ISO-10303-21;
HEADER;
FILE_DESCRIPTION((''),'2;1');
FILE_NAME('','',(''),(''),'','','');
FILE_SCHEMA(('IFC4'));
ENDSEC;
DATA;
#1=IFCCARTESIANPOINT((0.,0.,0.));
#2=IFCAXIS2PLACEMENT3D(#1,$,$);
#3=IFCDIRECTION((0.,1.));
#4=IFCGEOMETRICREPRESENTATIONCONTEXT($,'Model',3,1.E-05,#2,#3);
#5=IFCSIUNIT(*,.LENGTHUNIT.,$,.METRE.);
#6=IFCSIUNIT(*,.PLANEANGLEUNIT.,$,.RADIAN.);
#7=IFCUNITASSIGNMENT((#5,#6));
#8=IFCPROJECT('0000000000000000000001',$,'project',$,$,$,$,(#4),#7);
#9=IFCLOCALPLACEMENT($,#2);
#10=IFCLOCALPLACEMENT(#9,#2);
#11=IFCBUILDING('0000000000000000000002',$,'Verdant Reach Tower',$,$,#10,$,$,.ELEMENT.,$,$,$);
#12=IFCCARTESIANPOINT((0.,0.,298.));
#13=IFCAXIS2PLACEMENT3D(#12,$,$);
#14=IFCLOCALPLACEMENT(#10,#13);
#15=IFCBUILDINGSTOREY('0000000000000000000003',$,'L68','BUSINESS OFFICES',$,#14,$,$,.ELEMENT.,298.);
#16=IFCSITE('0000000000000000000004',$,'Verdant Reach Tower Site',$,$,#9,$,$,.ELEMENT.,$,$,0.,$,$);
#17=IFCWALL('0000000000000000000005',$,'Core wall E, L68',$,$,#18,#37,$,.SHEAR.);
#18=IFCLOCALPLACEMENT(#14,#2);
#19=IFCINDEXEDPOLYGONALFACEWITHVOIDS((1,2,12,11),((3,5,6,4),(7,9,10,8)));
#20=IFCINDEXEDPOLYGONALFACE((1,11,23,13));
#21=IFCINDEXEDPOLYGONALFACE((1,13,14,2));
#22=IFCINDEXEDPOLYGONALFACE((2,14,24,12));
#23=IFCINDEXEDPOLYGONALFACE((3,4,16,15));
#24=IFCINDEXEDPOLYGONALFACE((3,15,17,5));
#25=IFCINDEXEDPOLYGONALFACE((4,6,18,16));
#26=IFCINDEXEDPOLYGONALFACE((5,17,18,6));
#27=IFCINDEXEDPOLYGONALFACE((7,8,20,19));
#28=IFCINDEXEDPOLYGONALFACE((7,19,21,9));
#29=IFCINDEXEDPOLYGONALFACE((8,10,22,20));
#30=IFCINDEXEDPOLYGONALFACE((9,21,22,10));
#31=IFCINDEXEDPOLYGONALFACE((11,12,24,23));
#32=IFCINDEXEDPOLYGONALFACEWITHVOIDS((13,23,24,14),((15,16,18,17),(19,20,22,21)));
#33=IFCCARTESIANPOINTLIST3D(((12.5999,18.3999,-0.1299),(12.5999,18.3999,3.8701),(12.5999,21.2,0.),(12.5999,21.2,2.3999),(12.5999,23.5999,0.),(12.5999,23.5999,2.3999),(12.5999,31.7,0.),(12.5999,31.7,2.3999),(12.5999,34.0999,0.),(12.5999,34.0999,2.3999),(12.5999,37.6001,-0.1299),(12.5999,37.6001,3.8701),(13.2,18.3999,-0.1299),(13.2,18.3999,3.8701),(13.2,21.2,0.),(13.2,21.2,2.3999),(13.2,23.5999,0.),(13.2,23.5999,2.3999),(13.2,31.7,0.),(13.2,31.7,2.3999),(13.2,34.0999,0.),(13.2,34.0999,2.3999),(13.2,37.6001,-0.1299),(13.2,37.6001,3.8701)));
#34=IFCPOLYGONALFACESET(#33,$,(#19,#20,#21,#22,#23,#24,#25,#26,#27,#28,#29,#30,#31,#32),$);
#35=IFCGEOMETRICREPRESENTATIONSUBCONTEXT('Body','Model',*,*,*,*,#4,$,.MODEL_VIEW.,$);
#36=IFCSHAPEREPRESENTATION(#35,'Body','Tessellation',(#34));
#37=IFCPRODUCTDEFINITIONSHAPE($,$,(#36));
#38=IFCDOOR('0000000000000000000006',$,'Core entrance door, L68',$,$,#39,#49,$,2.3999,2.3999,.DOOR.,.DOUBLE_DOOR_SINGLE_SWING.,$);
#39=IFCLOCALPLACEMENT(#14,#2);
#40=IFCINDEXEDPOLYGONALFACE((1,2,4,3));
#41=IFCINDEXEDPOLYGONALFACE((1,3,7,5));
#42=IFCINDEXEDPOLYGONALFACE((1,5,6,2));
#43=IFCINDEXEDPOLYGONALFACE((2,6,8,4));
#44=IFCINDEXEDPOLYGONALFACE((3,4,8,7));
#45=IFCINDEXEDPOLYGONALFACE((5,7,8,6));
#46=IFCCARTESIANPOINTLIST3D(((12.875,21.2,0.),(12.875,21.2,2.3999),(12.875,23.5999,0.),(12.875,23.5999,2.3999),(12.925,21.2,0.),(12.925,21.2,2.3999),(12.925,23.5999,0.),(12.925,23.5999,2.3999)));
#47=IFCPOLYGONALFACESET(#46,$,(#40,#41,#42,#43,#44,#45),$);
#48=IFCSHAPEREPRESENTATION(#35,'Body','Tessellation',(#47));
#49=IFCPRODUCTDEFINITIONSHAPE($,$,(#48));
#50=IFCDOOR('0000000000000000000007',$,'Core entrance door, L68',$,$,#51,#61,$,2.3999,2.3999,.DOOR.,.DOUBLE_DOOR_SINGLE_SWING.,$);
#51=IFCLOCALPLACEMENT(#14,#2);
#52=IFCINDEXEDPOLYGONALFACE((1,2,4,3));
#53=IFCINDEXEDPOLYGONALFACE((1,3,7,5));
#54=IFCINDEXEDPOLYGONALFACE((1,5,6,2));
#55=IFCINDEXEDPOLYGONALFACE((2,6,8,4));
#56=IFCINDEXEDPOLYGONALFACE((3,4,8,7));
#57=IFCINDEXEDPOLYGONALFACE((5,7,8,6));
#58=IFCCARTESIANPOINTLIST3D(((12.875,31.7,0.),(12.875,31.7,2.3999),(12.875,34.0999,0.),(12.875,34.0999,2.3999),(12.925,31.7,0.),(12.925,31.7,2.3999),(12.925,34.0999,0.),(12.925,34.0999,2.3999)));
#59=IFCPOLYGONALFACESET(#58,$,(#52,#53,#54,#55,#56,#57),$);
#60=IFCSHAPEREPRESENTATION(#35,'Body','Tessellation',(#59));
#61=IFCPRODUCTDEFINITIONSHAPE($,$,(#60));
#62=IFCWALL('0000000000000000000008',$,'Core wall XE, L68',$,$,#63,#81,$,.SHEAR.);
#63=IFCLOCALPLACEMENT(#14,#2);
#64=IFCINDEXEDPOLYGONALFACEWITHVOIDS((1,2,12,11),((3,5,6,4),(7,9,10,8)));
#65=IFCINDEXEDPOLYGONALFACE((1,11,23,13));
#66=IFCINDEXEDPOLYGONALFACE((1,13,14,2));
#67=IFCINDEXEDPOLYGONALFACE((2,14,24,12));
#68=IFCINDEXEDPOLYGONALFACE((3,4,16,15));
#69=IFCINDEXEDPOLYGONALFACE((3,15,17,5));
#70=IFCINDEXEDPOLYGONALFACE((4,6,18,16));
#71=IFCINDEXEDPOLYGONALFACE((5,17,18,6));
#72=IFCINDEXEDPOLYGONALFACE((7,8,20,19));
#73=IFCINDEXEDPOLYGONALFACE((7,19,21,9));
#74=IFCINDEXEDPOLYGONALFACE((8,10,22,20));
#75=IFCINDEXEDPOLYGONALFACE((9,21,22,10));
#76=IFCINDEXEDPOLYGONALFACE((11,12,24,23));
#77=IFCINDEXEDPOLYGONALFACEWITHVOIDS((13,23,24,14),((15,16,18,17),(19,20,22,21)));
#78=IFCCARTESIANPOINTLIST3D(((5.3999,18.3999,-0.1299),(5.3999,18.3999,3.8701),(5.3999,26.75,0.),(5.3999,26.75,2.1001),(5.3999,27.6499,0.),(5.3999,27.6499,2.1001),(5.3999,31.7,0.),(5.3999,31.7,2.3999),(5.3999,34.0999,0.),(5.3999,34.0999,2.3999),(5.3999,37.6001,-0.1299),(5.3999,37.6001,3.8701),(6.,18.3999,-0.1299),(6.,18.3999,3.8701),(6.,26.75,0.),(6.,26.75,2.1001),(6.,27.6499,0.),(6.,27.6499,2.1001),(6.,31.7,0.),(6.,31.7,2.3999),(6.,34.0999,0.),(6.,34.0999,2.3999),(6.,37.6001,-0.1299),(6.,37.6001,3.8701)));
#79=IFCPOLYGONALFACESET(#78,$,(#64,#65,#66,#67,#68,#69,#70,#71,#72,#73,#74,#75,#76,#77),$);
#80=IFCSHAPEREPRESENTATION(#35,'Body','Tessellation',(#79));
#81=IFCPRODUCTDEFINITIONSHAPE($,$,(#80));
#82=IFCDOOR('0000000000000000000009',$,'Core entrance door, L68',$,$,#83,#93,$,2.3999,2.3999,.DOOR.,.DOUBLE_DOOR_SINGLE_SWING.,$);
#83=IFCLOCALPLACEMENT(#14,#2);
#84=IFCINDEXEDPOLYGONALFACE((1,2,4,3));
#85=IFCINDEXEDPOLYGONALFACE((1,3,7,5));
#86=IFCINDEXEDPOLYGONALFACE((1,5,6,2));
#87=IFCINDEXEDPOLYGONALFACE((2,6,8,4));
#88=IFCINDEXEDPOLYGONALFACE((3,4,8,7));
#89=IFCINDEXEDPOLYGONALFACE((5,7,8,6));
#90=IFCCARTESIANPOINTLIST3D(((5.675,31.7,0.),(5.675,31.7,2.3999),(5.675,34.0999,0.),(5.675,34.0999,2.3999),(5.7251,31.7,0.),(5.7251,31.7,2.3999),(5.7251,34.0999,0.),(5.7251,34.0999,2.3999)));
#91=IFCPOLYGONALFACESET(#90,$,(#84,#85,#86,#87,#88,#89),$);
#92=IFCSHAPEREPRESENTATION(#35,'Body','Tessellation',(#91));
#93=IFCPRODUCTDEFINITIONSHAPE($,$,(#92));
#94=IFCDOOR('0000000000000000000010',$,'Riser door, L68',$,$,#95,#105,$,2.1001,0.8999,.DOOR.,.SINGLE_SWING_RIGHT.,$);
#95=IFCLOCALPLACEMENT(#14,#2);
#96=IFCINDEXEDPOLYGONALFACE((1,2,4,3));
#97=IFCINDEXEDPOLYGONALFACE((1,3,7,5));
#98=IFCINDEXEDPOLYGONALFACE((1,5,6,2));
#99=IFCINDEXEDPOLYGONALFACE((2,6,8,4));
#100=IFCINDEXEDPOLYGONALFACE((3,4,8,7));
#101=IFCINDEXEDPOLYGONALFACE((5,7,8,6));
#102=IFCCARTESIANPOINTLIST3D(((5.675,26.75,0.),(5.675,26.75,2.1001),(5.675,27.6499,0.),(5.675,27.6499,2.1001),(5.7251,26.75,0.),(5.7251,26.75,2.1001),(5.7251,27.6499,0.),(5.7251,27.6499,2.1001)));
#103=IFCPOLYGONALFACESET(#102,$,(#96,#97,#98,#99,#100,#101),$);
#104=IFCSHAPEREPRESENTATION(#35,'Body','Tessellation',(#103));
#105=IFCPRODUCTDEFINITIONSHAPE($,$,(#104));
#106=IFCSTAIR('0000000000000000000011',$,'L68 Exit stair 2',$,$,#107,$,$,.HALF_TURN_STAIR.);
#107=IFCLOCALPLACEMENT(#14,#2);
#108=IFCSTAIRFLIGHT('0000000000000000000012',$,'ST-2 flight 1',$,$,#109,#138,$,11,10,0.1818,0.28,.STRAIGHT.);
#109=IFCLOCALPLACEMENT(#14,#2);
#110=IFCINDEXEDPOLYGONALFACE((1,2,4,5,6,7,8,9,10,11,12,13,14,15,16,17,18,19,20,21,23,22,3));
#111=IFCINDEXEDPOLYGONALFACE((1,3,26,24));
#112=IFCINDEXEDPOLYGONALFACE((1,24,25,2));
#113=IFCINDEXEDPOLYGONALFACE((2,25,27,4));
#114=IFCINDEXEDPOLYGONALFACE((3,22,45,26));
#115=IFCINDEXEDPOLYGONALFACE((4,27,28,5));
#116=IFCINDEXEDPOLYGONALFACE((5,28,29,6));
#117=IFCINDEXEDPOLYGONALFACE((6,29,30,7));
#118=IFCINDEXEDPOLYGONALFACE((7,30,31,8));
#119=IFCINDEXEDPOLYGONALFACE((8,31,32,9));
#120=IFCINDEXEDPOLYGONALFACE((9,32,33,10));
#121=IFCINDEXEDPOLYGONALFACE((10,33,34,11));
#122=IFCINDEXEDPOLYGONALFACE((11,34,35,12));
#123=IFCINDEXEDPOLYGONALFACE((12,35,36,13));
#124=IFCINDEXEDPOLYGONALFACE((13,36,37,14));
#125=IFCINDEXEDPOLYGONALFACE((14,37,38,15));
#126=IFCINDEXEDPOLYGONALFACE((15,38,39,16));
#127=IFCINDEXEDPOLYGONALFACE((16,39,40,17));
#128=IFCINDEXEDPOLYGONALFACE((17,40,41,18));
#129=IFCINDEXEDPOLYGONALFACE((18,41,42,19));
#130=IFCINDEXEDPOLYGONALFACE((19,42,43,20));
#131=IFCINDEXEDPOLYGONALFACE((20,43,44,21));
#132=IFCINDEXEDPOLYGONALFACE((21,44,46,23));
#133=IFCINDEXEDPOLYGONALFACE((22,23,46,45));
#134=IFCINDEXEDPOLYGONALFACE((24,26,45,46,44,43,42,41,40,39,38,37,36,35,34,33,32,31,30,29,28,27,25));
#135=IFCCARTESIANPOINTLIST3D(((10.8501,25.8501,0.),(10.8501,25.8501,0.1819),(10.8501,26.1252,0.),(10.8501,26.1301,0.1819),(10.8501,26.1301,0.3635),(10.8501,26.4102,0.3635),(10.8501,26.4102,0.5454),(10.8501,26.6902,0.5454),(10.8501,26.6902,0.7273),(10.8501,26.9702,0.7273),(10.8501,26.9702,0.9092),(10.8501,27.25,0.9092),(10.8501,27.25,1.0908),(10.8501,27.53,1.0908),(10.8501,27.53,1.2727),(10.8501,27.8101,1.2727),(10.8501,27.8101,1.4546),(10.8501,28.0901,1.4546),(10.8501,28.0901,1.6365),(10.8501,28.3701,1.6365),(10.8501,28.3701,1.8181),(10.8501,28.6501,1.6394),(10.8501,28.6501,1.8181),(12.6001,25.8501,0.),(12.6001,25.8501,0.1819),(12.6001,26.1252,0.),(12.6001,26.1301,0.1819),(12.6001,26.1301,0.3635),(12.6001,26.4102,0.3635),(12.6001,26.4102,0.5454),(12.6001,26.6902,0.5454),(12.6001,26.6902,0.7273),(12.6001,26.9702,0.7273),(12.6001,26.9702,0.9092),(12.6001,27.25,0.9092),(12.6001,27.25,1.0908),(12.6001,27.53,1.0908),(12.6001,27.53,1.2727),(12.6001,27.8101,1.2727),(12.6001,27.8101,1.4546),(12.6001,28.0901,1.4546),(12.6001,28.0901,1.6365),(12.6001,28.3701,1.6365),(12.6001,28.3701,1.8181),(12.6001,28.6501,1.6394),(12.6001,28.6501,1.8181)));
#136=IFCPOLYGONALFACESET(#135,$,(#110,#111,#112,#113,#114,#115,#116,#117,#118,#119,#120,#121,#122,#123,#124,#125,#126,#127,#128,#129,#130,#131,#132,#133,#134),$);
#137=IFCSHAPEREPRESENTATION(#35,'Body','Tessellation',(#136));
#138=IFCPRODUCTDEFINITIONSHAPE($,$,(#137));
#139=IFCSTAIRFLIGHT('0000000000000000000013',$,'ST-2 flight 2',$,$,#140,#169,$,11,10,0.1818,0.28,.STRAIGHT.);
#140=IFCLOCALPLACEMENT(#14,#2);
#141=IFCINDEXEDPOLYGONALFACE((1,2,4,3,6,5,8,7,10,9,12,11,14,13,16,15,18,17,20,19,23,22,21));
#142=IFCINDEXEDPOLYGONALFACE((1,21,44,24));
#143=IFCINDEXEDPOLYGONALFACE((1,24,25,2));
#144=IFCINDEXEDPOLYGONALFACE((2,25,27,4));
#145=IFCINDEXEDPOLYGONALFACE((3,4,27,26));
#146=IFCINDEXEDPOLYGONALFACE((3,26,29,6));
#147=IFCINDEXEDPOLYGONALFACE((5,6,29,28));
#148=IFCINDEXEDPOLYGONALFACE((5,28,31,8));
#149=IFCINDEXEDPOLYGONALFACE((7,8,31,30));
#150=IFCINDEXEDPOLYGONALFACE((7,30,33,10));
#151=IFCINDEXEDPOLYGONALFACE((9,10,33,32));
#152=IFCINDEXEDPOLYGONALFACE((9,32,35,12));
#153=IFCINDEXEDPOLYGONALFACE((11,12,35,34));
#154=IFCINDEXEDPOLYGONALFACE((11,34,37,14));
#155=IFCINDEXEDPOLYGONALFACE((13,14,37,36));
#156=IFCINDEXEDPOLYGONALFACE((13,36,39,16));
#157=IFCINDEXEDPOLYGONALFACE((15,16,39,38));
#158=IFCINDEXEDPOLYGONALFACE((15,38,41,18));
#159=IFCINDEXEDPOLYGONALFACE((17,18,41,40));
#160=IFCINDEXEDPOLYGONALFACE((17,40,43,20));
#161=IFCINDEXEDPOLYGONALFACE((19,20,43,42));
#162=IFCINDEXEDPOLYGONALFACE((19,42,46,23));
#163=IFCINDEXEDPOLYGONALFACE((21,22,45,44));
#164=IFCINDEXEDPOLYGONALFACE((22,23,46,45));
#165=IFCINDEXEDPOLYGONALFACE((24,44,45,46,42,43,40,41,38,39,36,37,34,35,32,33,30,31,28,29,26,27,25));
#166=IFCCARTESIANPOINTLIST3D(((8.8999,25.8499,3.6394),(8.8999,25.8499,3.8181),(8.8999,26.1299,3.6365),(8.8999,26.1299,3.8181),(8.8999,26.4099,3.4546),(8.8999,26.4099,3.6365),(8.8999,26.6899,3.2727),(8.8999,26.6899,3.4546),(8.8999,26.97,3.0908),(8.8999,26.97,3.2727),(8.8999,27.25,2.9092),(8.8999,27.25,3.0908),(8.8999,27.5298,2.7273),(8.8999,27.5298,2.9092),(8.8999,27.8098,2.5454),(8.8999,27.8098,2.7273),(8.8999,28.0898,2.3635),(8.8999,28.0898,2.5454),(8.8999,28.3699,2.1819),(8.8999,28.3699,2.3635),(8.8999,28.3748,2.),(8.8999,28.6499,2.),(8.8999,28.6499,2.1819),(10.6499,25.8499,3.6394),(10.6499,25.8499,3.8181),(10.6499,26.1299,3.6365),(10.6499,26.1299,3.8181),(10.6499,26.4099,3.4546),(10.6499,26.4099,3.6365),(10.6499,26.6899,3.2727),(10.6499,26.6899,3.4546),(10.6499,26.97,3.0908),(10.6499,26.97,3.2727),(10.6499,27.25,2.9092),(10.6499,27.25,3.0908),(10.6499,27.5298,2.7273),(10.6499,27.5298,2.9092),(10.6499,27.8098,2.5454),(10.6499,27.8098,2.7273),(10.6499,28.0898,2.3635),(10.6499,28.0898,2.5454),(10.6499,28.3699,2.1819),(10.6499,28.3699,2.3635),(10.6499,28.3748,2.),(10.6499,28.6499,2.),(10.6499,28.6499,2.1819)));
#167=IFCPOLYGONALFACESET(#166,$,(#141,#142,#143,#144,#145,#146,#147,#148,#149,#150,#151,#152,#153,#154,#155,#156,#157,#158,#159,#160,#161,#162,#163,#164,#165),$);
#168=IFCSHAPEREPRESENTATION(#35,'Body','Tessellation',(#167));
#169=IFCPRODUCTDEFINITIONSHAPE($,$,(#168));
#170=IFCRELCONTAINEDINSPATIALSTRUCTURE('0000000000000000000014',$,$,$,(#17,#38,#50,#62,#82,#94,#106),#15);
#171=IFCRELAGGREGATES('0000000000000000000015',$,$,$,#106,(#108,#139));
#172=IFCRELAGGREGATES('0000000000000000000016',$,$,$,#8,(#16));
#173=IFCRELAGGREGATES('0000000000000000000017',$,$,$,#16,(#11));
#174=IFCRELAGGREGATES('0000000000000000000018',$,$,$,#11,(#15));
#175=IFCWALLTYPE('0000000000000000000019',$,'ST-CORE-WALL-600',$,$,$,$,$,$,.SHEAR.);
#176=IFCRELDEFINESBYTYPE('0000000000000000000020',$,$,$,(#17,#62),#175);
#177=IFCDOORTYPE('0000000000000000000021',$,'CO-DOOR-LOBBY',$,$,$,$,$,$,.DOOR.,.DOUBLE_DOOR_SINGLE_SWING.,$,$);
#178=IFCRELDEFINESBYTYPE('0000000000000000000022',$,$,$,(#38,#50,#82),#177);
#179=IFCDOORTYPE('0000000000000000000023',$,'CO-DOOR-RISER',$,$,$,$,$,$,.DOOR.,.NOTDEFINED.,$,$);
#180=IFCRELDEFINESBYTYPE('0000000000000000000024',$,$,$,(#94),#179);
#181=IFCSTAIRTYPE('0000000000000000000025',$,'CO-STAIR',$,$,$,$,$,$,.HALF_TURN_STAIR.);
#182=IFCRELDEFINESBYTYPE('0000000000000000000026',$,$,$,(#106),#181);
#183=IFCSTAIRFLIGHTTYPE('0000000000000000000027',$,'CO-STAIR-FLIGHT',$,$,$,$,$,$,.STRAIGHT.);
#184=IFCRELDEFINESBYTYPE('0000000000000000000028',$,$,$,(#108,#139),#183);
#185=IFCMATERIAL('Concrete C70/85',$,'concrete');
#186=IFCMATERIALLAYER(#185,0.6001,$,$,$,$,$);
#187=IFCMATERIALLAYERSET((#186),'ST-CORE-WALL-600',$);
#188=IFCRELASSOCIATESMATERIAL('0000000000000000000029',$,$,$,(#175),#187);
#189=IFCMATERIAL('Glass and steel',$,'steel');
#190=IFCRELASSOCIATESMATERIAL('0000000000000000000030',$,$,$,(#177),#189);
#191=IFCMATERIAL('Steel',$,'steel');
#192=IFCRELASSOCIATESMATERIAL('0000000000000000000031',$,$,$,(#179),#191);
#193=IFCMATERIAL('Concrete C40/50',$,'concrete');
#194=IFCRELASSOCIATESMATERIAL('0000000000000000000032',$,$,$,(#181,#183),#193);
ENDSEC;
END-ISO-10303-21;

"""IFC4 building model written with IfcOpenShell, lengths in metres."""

from ifc_helpers import new_model, si_unit, direction, frame, frame_2d, origin, place, context, subcontext, project, spatial, polyline, rectangle, outline, extrude, material, layer, layer_set, type_object, element, fill, aggregate, save


model = new_model("IFC4")

# Units and contexts
model_context = context("Model", 3, precision=1e-05, world=origin(), true_north=direction((0.0, 1.0)))
body_context = subcontext(model_context, "Body", "Model", "MODEL_VIEW")
ifc_project = project(units=[si_unit("LENGTHUNIT", "METRE"), si_unit("PLANEANGLEUNIT", "RADIAN")], contexts=[model_context])

# Site, building, storey
site_placement = place(None, origin())
site = spatial("IfcSite", under=ifc_project, at=site_placement, Name="Verdant Reach Tower Site", CompositionType="ELEMENT", RefElevation=0.0)
building_placement = place(site_placement, origin())
building = spatial("IfcBuilding", under=site, at=building_placement, Name="Verdant Reach Tower", CompositionType="ELEMENT")
storey_placement = place(building_placement, frame((0.0, 0.0, 298.0)))
storey = spatial("IfcBuildingStorey", under=building, at=storey_placement, Name="L68", Description="BUSINESS OFFICES", CompositionType="ELEMENT", Elevation=298.0)

# Shared definitions
ifc_material_1 = material(Name="Concrete C40/50", Category="concrete")

# Shared definitions
ifc_material_2 = material(Name="Steel", Category="steel")

# Walls, openings, doors
ifc_material_3 = material(Name="Concrete C70/85", Category="concrete")
ifc_layer_1 = layer(ifc_material_3, 0.6001)
ifc_layer_set_1 = layer_set([ifc_layer_1], Name="ST-CORE-WALL-600")
wall_type_1 = type_object("IfcWallType", Name="ST-CORE-WALL-600", PredefinedType="SHEAR", material=ifc_layer_set_1)
wall_1_placement = place(storey_placement, frame((12.8999, 18.3999, -0.1299), z_axis=(0.0, 0.0, 1.0), x_axis=(0.0, 1.0, 0.0)))
wall_1 = element("IfcWall", 1, at=wall_1_placement, inside=storey, type_object=wall_type_1, Name="Core wall E, L68", PredefinedType="SHEAR", context=body_context, shape_type="SweptSolid", body=[
    extrude(rectangle(XDim=19.2002, YDim=0.6001, at=frame_2d((9.6001, 0.0))), origin(), (0.0, 0.0, 1.0), 4.0),
])
opening_1_placement = place(wall_1_placement, frame((2.8, 0.0, 0.1299)))
opening_1 = element("IfcOpeningElement", 2, at=opening_1_placement, cuts=wall_1, PredefinedType="OPENING", context=body_context, shape_type="SweptSolid", body=[
    extrude(rectangle(XDim=2.3999, YDim=2.3999, at=frame_2d((1.2, 1.2))), frame((0.0, 0.3101, 0.0), z_axis=(0.0, -1.0, 0.0), x_axis=(1.0, 0.0, 0.0)), (0.0, 0.0, 1.0), 0.6201),
])
opening_2_placement = place(wall_1_placement, frame((13.3, 0.0, 0.1299)))
opening_2 = element("IfcOpeningElement", 3, at=opening_2_placement, cuts=wall_1, PredefinedType="OPENING", context=body_context, shape_type="SweptSolid", body=[
    extrude(rectangle(XDim=2.3999, YDim=2.3999, at=frame_2d((1.2, 1.2))), frame((0.0, 0.3101, 0.0), z_axis=(0.0, -1.0, 0.0), x_axis=(1.0, 0.0, 0.0)), (0.0, 0.0, 1.0), 0.6201),
])
ifc_material_4 = material(Name="Glass and steel", Category="steel")
door_type_1 = type_object("IfcDoorType", Name="CO-DOOR-LOBBY", OperationType="DOUBLE_DOOR_SINGLE_SWING", PredefinedType="DOOR", material=ifc_material_4)
door_1_placement = place(opening_1_placement, origin())
door_1 = element("IfcDoor", 4, at=door_1_placement, inside=storey, type_object=door_type_1, Name="Core entrance door, L68", OperationType="DOUBLE_DOOR_SINGLE_SWING", OverallHeight=2.3999, OverallWidth=2.3999, PredefinedType="DOOR", context=body_context, shape_type="SweptSolid", body=[
    extrude(rectangle(XDim=2.3999, YDim=2.3999, at=frame_2d((1.2, 1.2))), frame((0.0, 0.0249, 0.0), z_axis=(0.0, -1.0, 0.0), x_axis=(1.0, 0.0, 0.0)), (0.0, 0.0, 1.0), 0.05),
])
fill(opening_1, door_1)
door_2_placement = place(opening_2_placement, origin())
door_2 = element("IfcDoor", 5, at=door_2_placement, inside=storey, type_object=door_type_1, Name="Core entrance door, L68", OperationType="DOUBLE_DOOR_SINGLE_SWING", OverallHeight=2.3999, OverallWidth=2.3999, PredefinedType="DOOR", context=body_context, shape_type="SweptSolid", body=[
    extrude(rectangle(XDim=2.3999, YDim=2.3999, at=frame_2d((1.2, 1.2))), frame((0.0, 0.0249, 0.0), z_axis=(0.0, -1.0, 0.0), x_axis=(1.0, 0.0, 0.0)), (0.0, 0.0, 1.0), 0.05),
])
fill(opening_2, door_2)
wall_2_placement = place(storey_placement, frame((5.7, 18.3999, -0.1299), z_axis=(0.0, 0.0, 1.0), x_axis=(0.0, 1.0, 0.0)))
wall_2 = element("IfcWall", 6, at=wall_2_placement, inside=storey, type_object=wall_type_1, Name="Core wall XE, L68", PredefinedType="SHEAR", context=body_context, shape_type="SweptSolid", body=[
    extrude(rectangle(XDim=19.2002, YDim=0.6001, at=frame_2d((9.6001, 0.0))), origin(), (0.0, 0.0, 1.0), 4.0),
])
opening_3_placement = place(wall_2_placement, frame((8.3501, 0.0, 0.1299)))
opening_3 = element("IfcOpeningElement", 7, at=opening_3_placement, cuts=wall_2, PredefinedType="OPENING", context=body_context, shape_type="SweptSolid", body=[
    extrude(rectangle(XDim=0.8999, YDim=2.1001, at=frame_2d((0.45, 1.05))), frame((0.0, 0.3101, 0.0), z_axis=(0.0, -1.0, 0.0), x_axis=(1.0, 0.0, 0.0)), (0.0, 0.0, 1.0), 0.6201),
])
opening_4_placement = place(wall_2_placement, frame((13.3, 0.0, 0.1299)))
opening_4 = element("IfcOpeningElement", 8, at=opening_4_placement, cuts=wall_2, PredefinedType="OPENING", context=body_context, shape_type="SweptSolid", body=[
    extrude(rectangle(XDim=2.3999, YDim=2.3999, at=frame_2d((1.2, 1.2))), frame((0.0, 0.3101, 0.0), z_axis=(0.0, -1.0, 0.0), x_axis=(1.0, 0.0, 0.0)), (0.0, 0.0, 1.0), 0.6201),
])
door_3_placement = place(opening_4_placement, origin())
door_3 = element("IfcDoor", 9, at=door_3_placement, inside=storey, type_object=door_type_1, Name="Core entrance door, L68", OperationType="DOUBLE_DOOR_SINGLE_SWING", OverallHeight=2.3999, OverallWidth=2.3999, PredefinedType="DOOR", context=body_context, shape_type="SweptSolid", body=[
    extrude(rectangle(XDim=2.3999, YDim=2.3999, at=frame_2d((1.2, 1.2))), frame((0.0, 0.0249, 0.0), z_axis=(0.0, -1.0, 0.0), x_axis=(1.0, 0.0, 0.0)), (0.0, 0.0, 1.0), 0.05),
])
fill(opening_4, door_3)
door_type_2 = type_object("IfcDoorType", Name="CO-DOOR-RISER", OperationType="NOTDEFINED", PredefinedType="DOOR", material=ifc_material_2)
door_4_placement = place(opening_3_placement, origin())
door_4 = element("IfcDoor", 10, at=door_4_placement, inside=storey, type_object=door_type_2, Name="Riser door, L68", OperationType="SINGLE_SWING_RIGHT", OverallHeight=2.1001, OverallWidth=0.8999, PredefinedType="DOOR", context=body_context, shape_type="SweptSolid", body=[
    extrude(rectangle(XDim=0.8999, YDim=2.1001, at=frame_2d((0.45, 1.05))), frame((0.0, 0.0249, 0.0), z_axis=(0.0, -1.0, 0.0), x_axis=(1.0, 0.0, 0.0)), (0.0, 0.0, 1.0), 0.05),
])
fill(opening_3, door_4)

# Stair, stair flights
stair_type = type_object("IfcStairType", Name="CO-STAIR", PredefinedType="HALF_TURN_STAIR", material=ifc_material_1)
stair_placement = place(storey_placement, origin())
stair = element("IfcStair", 11, at=stair_placement, inside=storey, type_object=stair_type, Name="L68 Exit stair 2", PredefinedType="HALF_TURN_STAIR")
stair_flight_type = type_object("IfcStairFlightType", Name="CO-STAIR-FLIGHT", PredefinedType="STRAIGHT", material=ifc_material_1)
stair_flight_1_placement = place(storey_placement, frame((11.7251, 25.8501, 0.0), z_axis=(0.0, 0.0, 1.0), x_axis=(0.0, 1.0, 0.0)))
stair_flight_1 = element("IfcStairFlight", 12, at=stair_flight_1_placement, type_object=stair_flight_type, Name="ST-2 flight 1", NumberOfRisers=11, NumberOfTreads=10, PredefinedType="STRAIGHT", RiserHeight=0.1818, TreadLength=0.28, context=body_context, shape_type="SweptSolid", body=[
    extrude(outline(polyline([(0.0, 0.0), (0.0, 0.1819), (0.28, 0.1819), (0.28, 0.3635), (0.5601, 0.3635), (0.5601, 0.5454), (0.8401, 0.5454), (0.8401, 0.7273), (1.1201, 0.7273), (1.1201, 0.9092), (1.3999, 0.9092), (1.3999, 1.0908), (1.6799, 1.0908), (1.6799, 1.2727), (1.96, 1.2727), (1.96, 1.4546), (2.24, 1.4546), (2.24, 1.6365), (2.52, 1.6365), (2.52, 1.8181), (2.8, 1.8181), (2.8, 2.0), (2.8, 1.6394), (0.2751, 0.0), (0.0, 0.0)])), frame((0.0, 0.875, 0.0), z_axis=(0.0, -1.0, 0.0), x_axis=(1.0, 0.0, 0.0)), (0.0, 0.0, 1.0), 1.75),
])
stair_flight_2_placement = place(storey_placement, frame((9.7749, 28.6499, 2.0), z_axis=(0.0, 0.0, 1.0), x_axis=(0.0, -1.0, 0.0)))
stair_flight_2 = element("IfcStairFlight", 13, at=stair_flight_2_placement, type_object=stair_flight_type, Name="ST-2 flight 2", NumberOfRisers=11, NumberOfTreads=10, PredefinedType="STRAIGHT", RiserHeight=0.1818, TreadLength=0.28, context=body_context, shape_type="SweptSolid", body=[
    extrude(outline(polyline([(0.0, 0.0), (0.0, 0.1819), (0.28, 0.1819), (0.28, 0.3635), (0.5601, 0.3635), (0.5601, 0.5454), (0.8401, 0.5454), (0.8401, 0.7273), (1.1201, 0.7273), (1.1201, 0.9092), (1.3999, 0.9092), (1.3999, 1.0908), (1.6799, 1.0908), (1.6799, 1.2727), (1.96, 1.2727), (1.96, 1.4546), (2.24, 1.4546), (2.24, 1.6365), (2.52, 1.6365), (2.52, 1.8181), (2.8, 1.8181), (2.8, 2.0), (2.8, 1.6394), (0.2751, 0.0), (0.0, 0.0)])), frame((0.0, 0.875, 0.0), z_axis=(0.0, -1.0, 0.0), x_axis=(1.0, 0.0, 0.0)), (0.0, 0.0, 1.0), 1.75),
])
aggregate(stair, [stair_flight_1, stair_flight_2])

save(model, "model.ifc")
